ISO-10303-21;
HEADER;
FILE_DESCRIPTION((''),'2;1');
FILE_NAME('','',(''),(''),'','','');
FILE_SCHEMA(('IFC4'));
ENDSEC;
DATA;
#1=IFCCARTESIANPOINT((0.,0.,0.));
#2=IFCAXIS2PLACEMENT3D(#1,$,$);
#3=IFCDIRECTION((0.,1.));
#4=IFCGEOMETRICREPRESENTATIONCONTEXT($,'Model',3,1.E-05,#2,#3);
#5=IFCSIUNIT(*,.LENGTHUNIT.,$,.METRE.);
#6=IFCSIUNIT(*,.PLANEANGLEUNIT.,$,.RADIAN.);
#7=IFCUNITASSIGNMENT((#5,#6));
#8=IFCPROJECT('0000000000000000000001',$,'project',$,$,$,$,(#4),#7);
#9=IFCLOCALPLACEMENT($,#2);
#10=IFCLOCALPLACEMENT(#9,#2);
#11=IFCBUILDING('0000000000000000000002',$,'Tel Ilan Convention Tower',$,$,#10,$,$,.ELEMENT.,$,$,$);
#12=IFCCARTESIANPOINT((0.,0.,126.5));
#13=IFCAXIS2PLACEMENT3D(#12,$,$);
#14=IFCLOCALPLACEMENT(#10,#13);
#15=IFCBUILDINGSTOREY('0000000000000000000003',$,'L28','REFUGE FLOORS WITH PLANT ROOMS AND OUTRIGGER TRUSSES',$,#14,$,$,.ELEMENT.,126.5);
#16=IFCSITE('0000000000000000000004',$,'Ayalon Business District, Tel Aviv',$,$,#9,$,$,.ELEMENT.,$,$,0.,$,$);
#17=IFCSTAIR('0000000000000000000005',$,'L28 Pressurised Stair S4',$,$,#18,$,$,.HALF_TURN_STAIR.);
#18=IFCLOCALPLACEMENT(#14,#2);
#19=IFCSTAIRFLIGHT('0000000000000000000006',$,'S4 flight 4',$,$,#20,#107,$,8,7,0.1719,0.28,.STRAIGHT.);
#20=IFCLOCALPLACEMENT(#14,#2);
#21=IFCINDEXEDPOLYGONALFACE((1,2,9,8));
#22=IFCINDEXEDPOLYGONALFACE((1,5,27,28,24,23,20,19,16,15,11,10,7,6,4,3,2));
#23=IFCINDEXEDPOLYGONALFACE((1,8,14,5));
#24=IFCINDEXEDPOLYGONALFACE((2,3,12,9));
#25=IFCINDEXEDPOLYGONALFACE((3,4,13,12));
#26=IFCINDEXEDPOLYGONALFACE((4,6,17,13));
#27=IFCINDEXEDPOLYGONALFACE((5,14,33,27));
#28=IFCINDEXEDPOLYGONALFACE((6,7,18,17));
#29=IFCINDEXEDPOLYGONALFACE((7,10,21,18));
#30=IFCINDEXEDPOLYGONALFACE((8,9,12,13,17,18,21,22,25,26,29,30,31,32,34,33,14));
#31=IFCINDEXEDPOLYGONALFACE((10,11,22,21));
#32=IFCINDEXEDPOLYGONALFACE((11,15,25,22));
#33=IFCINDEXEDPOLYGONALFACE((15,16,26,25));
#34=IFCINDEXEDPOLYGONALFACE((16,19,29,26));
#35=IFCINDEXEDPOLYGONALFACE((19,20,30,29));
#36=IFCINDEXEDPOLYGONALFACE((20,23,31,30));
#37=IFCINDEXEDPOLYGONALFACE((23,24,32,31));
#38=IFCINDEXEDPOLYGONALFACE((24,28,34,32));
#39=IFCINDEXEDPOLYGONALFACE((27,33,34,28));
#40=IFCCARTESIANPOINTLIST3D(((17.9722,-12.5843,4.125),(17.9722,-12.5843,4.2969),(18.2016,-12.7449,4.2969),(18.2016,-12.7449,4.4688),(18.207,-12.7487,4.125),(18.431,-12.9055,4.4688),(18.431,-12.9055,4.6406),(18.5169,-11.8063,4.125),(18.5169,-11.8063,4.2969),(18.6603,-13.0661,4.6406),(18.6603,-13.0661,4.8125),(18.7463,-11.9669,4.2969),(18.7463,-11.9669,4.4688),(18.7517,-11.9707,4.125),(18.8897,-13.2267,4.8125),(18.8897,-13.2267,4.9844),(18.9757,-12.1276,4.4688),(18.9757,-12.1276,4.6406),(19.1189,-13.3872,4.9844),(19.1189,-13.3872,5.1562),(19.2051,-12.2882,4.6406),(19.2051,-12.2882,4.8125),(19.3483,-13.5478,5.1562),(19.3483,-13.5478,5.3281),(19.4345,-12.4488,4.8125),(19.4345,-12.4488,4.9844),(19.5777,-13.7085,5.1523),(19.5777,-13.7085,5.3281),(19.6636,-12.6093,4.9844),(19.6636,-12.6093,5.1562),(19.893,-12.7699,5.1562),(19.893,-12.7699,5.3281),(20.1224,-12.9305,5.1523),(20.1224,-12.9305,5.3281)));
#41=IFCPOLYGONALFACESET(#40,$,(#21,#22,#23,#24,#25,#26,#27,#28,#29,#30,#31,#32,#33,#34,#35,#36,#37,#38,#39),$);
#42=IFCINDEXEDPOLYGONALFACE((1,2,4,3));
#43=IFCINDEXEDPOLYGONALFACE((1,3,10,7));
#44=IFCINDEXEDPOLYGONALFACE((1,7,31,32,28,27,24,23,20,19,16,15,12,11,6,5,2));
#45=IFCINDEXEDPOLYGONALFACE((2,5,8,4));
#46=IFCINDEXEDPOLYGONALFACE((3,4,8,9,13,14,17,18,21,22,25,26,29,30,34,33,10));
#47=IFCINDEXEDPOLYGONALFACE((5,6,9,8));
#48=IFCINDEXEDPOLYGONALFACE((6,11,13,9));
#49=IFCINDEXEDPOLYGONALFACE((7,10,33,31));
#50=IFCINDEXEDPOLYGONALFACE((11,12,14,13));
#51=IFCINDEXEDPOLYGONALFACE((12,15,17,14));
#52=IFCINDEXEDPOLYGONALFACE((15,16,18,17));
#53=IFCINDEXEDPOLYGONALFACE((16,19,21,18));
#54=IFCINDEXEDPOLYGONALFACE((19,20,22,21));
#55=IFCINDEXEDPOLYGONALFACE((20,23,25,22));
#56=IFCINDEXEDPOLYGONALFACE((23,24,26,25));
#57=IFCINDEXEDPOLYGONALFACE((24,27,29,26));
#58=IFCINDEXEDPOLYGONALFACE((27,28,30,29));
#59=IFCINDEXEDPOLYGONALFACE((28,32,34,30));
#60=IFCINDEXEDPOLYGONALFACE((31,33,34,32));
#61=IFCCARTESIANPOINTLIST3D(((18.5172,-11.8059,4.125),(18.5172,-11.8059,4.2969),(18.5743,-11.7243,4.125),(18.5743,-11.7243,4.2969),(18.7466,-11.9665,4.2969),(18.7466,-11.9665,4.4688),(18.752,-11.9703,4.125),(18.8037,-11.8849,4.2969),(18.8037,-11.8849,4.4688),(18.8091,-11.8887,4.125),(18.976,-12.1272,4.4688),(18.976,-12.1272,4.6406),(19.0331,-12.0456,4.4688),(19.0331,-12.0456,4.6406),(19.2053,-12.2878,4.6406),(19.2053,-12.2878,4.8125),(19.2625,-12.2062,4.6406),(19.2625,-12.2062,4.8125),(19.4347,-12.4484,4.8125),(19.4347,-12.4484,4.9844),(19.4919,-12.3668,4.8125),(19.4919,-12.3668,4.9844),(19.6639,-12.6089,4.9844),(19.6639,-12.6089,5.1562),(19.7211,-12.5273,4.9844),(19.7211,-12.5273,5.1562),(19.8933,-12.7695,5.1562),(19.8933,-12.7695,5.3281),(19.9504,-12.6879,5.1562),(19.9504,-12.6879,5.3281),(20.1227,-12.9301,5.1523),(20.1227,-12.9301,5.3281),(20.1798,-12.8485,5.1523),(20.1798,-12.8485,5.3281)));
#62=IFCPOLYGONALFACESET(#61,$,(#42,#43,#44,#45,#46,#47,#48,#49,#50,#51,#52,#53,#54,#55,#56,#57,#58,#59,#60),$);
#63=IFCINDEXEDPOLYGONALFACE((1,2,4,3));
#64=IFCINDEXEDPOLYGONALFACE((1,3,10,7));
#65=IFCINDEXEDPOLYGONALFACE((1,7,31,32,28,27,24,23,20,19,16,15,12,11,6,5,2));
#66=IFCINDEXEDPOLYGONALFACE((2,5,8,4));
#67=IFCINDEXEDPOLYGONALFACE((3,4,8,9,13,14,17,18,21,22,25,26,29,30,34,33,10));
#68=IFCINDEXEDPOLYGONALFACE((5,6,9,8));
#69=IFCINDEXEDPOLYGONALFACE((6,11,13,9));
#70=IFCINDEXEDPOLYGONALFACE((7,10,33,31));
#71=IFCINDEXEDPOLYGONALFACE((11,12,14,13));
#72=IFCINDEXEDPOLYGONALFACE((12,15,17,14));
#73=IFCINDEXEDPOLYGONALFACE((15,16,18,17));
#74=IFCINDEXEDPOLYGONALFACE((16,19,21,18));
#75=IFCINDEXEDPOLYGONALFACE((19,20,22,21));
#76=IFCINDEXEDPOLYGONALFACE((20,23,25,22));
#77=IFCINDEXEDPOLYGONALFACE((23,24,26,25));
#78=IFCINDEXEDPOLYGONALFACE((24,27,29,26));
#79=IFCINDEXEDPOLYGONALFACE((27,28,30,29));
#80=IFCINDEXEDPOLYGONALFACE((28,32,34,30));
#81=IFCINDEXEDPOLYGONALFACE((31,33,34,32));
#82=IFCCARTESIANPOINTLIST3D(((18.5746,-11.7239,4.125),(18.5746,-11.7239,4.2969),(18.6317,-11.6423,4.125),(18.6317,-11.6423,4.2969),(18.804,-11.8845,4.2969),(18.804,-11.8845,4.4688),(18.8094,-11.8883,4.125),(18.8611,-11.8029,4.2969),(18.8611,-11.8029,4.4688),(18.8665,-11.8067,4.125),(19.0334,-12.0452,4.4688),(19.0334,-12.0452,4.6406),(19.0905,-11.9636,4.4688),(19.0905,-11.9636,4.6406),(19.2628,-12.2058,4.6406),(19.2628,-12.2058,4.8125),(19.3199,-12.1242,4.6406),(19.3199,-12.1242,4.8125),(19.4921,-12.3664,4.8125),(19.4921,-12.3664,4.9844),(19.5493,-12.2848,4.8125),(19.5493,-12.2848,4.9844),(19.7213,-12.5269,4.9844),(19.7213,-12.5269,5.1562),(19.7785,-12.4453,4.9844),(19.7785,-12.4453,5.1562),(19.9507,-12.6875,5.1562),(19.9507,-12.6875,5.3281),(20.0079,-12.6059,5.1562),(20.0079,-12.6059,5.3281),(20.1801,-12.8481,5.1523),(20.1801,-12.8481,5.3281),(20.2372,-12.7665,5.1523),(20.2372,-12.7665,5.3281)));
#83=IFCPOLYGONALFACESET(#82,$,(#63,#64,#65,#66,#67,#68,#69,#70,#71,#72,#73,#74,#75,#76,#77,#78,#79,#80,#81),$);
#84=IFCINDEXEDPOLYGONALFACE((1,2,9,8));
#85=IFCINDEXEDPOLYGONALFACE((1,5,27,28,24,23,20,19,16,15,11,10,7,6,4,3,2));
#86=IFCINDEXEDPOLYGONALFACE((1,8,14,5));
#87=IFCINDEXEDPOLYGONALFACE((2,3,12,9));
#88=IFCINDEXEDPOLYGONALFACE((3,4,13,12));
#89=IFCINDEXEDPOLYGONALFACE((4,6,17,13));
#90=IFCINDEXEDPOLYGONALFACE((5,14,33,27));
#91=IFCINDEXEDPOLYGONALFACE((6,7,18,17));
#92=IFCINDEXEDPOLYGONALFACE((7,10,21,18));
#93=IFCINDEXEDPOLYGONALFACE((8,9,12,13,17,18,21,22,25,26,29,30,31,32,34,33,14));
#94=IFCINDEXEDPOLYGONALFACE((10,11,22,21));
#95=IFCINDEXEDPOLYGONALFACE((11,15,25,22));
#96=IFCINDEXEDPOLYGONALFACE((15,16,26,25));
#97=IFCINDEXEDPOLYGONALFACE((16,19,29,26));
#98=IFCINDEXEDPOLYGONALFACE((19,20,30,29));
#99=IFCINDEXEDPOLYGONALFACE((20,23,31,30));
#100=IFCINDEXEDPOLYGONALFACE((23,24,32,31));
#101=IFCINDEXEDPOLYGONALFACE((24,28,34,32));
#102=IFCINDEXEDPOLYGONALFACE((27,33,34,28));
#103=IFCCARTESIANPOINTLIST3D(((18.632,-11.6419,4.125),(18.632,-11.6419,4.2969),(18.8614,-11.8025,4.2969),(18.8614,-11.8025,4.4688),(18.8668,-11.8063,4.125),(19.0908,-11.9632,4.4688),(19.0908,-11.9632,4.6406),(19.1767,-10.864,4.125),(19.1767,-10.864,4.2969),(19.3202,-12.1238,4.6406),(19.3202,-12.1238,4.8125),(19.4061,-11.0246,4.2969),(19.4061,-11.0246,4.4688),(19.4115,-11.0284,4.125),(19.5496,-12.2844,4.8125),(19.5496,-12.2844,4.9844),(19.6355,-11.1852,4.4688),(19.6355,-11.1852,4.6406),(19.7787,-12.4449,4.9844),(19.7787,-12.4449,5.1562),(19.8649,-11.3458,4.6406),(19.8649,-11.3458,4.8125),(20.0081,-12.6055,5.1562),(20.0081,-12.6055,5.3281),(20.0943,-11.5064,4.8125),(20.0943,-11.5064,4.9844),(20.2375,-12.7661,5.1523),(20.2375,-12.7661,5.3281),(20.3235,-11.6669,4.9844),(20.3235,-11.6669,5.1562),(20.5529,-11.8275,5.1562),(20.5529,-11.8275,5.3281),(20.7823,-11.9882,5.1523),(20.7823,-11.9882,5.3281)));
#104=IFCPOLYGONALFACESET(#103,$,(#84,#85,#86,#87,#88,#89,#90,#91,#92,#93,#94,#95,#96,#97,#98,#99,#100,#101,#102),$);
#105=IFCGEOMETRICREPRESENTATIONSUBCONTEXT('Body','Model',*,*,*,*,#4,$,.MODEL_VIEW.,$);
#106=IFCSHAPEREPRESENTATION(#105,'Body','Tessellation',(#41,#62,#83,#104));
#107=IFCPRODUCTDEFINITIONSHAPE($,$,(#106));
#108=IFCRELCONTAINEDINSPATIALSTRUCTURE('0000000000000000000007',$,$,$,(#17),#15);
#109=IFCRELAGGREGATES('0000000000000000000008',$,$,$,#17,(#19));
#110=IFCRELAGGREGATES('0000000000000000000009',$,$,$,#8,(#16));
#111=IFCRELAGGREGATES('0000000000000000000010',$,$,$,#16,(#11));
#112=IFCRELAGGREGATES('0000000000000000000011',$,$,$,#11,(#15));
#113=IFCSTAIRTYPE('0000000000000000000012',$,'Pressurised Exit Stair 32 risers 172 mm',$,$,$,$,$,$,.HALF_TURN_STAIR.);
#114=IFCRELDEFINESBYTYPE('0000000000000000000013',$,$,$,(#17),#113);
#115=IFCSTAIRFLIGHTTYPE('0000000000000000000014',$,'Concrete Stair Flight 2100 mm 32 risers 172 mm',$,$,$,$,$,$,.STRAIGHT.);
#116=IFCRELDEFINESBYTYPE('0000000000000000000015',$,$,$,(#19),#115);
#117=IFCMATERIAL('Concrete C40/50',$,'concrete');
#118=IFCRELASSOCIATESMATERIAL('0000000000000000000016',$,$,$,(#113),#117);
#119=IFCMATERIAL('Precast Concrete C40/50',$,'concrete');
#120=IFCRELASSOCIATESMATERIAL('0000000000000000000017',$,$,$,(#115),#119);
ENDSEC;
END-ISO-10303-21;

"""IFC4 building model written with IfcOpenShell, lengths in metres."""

from ifc_helpers import new_model, si_unit, direction, frame, origin, place, context, subcontext, project, spatial, polyline, outline, extrude, material, type_object, element, aggregate, save


model = new_model("IFC4")

# Units and contexts
model_context = context("Model", 3, precision=1e-05, world=origin(), true_north=direction((0.0, 1.0)))
body_context = subcontext(model_context, "Body", "Model", "MODEL_VIEW")
ifc_project = project(units=[si_unit("LENGTHUNIT", "METRE"), si_unit("PLANEANGLEUNIT", "RADIAN")], contexts=[model_context])

# Site, building, storey
site_placement = place(None, origin())
site = spatial("IfcSite", under=ifc_project, at=site_placement, Name="Ayalon Business District, Tel Aviv", CompositionType="ELEMENT", RefElevation=0.0)
building_placement = place(site_placement, origin())
building = spatial("IfcBuilding", under=site, at=building_placement, Name="Tel Ilan Convention Tower", CompositionType="ELEMENT")
storey_placement = place(building_placement, frame((0.0, 0.0, 126.5)))
storey = spatial("IfcBuildingStorey", under=building, at=storey_placement, Name="L28", Description="REFUGE FLOORS WITH PLANT ROOMS AND OUTRIGGER TRUSSES", CompositionType="ELEMENT", Elevation=126.5)

# Stair, stair flight
ifc_material_1 = material(Name="Concrete C40/50", Category="concrete")
stair_type = type_object("IfcStairType", Name="Pressurised Exit Stair 32 risers 172 mm", PredefinedType="HALF_TURN_STAIR", material=ifc_material_1)
stair_placement = place(storey_placement, origin())
stair = element("IfcStair", 1, at=stair_placement, inside=storey, type_object=stair_type, Name="L28 Pressurised Stair S4", PredefinedType="HALF_TURN_STAIR")
ifc_material_2 = material(Name="Precast Concrete C40/50", Category="concrete")
stair_flight_type = type_object("IfcStairFlightType", Name="Concrete Stair Flight 2100 mm 32 risers 172 mm", PredefinedType="STRAIGHT", material=ifc_material_2)
stair_flight_1_placement = place(storey_placement, frame((18.5745, -11.7241, 4.125), z_axis=(0.0, 0.0, 1.0), x_axis=(0.819152, -0.573576, 0.0)))
stair_flight_1 = element("IfcStairFlight", 2, at=stair_flight_1_placement, type_object=stair_flight_type, Name="S4 flight 4", NumberOfRisers=8, NumberOfTreads=7, PredefinedType="STRAIGHT", RiserHeight=0.1719, TreadLength=0.28, context=body_context, shape_type="SweptSolid", body=[
    extrude(outline(polyline([(0.0, 0.0), (0.0, 0.1719), (0.28, 0.1719), (0.28, 0.3438), (0.5601, 0.3438), (0.5601, 0.5156), (0.8401, 0.5156), (0.8401, 0.6875), (1.1201, 0.6875), (1.1201, 0.8594), (1.3999, 0.8594), (1.3999, 1.0312), (1.6799, 1.0312), (1.6799, 1.2031), (1.96, 1.2031), (1.96, 1.375), (1.96, 1.0273), (0.2866, 0.0), (0.0, 0.0)])), frame((0.0, -0.1003, 0.0), z_axis=(0.0, -1.0, 0.0), x_axis=(1.0, 0.0, 0.0)), (0.0, 0.0, 1.0), 0.9497),
    extrude(outline(polyline([(0.0, 0.0), (0.0, 0.1719), (0.28, 0.1719), (0.28, 0.3438), (0.5601, 0.3438), (0.5601, 0.5156), (0.8401, 0.5156), (0.8401, 0.6875), (1.1201, 0.6875), (1.1201, 0.8594), (1.3999, 0.8594), (1.3999, 1.0312), (1.6799, 1.0312), (1.6799, 1.2031), (1.96, 1.2031), (1.96, 1.375), (1.96, 1.0273), (0.2866, 0.0), (0.0, 0.0)])), frame((0.0, -0.0002, 0.0), z_axis=(0.0, -1.0, 0.0), x_axis=(1.0, 0.0, 0.0)), (0.0, 0.0, 1.0), 0.0996),
    extrude(outline(polyline([(0.0, 0.0), (0.0, 0.1719), (0.28, 0.1719), (0.28, 0.3438), (0.5601, 0.3438), (0.5601, 0.5156), (0.8401, 0.5156), (0.8401, 0.6875), (1.1201, 0.6875), (1.1201, 0.8594), (1.3999, 0.8594), (1.3999, 1.0312), (1.6799, 1.0312), (1.6799, 1.2031), (1.96, 1.2031), (1.96, 1.375), (1.96, 1.0273), (0.2866, 0.0), (0.0, 0.0)])), frame((0.0, 0.0999, 0.0), z_axis=(0.0, -1.0, 0.0), x_axis=(1.0, 0.0, 0.0)), (0.0, 0.0, 1.0), 0.0996),
    extrude(outline(polyline([(0.0, 0.0), (0.0, 0.1719), (0.28, 0.1719), (0.28, 0.3438), (0.5601, 0.3438), (0.5601, 0.5156), (0.8401, 0.5156), (0.8401, 0.6875), (1.1201, 0.6875), (1.1201, 0.8594), (1.3999, 0.8594), (1.3999, 1.0312), (1.6799, 1.0312), (1.6799, 1.2031), (1.96, 1.2031), (1.96, 1.375), (1.96, 1.0273), (0.2866, 0.0), (0.0, 0.0)])), frame((0.0, 1.05, 0.0), z_axis=(0.0, -1.0, 0.0), x_axis=(1.0, 0.0, 0.0)), (0.0, 0.0, 1.0), 0.9497),
])
aggregate(stair, [stair_flight_1])

save(model, "model.ifc")
